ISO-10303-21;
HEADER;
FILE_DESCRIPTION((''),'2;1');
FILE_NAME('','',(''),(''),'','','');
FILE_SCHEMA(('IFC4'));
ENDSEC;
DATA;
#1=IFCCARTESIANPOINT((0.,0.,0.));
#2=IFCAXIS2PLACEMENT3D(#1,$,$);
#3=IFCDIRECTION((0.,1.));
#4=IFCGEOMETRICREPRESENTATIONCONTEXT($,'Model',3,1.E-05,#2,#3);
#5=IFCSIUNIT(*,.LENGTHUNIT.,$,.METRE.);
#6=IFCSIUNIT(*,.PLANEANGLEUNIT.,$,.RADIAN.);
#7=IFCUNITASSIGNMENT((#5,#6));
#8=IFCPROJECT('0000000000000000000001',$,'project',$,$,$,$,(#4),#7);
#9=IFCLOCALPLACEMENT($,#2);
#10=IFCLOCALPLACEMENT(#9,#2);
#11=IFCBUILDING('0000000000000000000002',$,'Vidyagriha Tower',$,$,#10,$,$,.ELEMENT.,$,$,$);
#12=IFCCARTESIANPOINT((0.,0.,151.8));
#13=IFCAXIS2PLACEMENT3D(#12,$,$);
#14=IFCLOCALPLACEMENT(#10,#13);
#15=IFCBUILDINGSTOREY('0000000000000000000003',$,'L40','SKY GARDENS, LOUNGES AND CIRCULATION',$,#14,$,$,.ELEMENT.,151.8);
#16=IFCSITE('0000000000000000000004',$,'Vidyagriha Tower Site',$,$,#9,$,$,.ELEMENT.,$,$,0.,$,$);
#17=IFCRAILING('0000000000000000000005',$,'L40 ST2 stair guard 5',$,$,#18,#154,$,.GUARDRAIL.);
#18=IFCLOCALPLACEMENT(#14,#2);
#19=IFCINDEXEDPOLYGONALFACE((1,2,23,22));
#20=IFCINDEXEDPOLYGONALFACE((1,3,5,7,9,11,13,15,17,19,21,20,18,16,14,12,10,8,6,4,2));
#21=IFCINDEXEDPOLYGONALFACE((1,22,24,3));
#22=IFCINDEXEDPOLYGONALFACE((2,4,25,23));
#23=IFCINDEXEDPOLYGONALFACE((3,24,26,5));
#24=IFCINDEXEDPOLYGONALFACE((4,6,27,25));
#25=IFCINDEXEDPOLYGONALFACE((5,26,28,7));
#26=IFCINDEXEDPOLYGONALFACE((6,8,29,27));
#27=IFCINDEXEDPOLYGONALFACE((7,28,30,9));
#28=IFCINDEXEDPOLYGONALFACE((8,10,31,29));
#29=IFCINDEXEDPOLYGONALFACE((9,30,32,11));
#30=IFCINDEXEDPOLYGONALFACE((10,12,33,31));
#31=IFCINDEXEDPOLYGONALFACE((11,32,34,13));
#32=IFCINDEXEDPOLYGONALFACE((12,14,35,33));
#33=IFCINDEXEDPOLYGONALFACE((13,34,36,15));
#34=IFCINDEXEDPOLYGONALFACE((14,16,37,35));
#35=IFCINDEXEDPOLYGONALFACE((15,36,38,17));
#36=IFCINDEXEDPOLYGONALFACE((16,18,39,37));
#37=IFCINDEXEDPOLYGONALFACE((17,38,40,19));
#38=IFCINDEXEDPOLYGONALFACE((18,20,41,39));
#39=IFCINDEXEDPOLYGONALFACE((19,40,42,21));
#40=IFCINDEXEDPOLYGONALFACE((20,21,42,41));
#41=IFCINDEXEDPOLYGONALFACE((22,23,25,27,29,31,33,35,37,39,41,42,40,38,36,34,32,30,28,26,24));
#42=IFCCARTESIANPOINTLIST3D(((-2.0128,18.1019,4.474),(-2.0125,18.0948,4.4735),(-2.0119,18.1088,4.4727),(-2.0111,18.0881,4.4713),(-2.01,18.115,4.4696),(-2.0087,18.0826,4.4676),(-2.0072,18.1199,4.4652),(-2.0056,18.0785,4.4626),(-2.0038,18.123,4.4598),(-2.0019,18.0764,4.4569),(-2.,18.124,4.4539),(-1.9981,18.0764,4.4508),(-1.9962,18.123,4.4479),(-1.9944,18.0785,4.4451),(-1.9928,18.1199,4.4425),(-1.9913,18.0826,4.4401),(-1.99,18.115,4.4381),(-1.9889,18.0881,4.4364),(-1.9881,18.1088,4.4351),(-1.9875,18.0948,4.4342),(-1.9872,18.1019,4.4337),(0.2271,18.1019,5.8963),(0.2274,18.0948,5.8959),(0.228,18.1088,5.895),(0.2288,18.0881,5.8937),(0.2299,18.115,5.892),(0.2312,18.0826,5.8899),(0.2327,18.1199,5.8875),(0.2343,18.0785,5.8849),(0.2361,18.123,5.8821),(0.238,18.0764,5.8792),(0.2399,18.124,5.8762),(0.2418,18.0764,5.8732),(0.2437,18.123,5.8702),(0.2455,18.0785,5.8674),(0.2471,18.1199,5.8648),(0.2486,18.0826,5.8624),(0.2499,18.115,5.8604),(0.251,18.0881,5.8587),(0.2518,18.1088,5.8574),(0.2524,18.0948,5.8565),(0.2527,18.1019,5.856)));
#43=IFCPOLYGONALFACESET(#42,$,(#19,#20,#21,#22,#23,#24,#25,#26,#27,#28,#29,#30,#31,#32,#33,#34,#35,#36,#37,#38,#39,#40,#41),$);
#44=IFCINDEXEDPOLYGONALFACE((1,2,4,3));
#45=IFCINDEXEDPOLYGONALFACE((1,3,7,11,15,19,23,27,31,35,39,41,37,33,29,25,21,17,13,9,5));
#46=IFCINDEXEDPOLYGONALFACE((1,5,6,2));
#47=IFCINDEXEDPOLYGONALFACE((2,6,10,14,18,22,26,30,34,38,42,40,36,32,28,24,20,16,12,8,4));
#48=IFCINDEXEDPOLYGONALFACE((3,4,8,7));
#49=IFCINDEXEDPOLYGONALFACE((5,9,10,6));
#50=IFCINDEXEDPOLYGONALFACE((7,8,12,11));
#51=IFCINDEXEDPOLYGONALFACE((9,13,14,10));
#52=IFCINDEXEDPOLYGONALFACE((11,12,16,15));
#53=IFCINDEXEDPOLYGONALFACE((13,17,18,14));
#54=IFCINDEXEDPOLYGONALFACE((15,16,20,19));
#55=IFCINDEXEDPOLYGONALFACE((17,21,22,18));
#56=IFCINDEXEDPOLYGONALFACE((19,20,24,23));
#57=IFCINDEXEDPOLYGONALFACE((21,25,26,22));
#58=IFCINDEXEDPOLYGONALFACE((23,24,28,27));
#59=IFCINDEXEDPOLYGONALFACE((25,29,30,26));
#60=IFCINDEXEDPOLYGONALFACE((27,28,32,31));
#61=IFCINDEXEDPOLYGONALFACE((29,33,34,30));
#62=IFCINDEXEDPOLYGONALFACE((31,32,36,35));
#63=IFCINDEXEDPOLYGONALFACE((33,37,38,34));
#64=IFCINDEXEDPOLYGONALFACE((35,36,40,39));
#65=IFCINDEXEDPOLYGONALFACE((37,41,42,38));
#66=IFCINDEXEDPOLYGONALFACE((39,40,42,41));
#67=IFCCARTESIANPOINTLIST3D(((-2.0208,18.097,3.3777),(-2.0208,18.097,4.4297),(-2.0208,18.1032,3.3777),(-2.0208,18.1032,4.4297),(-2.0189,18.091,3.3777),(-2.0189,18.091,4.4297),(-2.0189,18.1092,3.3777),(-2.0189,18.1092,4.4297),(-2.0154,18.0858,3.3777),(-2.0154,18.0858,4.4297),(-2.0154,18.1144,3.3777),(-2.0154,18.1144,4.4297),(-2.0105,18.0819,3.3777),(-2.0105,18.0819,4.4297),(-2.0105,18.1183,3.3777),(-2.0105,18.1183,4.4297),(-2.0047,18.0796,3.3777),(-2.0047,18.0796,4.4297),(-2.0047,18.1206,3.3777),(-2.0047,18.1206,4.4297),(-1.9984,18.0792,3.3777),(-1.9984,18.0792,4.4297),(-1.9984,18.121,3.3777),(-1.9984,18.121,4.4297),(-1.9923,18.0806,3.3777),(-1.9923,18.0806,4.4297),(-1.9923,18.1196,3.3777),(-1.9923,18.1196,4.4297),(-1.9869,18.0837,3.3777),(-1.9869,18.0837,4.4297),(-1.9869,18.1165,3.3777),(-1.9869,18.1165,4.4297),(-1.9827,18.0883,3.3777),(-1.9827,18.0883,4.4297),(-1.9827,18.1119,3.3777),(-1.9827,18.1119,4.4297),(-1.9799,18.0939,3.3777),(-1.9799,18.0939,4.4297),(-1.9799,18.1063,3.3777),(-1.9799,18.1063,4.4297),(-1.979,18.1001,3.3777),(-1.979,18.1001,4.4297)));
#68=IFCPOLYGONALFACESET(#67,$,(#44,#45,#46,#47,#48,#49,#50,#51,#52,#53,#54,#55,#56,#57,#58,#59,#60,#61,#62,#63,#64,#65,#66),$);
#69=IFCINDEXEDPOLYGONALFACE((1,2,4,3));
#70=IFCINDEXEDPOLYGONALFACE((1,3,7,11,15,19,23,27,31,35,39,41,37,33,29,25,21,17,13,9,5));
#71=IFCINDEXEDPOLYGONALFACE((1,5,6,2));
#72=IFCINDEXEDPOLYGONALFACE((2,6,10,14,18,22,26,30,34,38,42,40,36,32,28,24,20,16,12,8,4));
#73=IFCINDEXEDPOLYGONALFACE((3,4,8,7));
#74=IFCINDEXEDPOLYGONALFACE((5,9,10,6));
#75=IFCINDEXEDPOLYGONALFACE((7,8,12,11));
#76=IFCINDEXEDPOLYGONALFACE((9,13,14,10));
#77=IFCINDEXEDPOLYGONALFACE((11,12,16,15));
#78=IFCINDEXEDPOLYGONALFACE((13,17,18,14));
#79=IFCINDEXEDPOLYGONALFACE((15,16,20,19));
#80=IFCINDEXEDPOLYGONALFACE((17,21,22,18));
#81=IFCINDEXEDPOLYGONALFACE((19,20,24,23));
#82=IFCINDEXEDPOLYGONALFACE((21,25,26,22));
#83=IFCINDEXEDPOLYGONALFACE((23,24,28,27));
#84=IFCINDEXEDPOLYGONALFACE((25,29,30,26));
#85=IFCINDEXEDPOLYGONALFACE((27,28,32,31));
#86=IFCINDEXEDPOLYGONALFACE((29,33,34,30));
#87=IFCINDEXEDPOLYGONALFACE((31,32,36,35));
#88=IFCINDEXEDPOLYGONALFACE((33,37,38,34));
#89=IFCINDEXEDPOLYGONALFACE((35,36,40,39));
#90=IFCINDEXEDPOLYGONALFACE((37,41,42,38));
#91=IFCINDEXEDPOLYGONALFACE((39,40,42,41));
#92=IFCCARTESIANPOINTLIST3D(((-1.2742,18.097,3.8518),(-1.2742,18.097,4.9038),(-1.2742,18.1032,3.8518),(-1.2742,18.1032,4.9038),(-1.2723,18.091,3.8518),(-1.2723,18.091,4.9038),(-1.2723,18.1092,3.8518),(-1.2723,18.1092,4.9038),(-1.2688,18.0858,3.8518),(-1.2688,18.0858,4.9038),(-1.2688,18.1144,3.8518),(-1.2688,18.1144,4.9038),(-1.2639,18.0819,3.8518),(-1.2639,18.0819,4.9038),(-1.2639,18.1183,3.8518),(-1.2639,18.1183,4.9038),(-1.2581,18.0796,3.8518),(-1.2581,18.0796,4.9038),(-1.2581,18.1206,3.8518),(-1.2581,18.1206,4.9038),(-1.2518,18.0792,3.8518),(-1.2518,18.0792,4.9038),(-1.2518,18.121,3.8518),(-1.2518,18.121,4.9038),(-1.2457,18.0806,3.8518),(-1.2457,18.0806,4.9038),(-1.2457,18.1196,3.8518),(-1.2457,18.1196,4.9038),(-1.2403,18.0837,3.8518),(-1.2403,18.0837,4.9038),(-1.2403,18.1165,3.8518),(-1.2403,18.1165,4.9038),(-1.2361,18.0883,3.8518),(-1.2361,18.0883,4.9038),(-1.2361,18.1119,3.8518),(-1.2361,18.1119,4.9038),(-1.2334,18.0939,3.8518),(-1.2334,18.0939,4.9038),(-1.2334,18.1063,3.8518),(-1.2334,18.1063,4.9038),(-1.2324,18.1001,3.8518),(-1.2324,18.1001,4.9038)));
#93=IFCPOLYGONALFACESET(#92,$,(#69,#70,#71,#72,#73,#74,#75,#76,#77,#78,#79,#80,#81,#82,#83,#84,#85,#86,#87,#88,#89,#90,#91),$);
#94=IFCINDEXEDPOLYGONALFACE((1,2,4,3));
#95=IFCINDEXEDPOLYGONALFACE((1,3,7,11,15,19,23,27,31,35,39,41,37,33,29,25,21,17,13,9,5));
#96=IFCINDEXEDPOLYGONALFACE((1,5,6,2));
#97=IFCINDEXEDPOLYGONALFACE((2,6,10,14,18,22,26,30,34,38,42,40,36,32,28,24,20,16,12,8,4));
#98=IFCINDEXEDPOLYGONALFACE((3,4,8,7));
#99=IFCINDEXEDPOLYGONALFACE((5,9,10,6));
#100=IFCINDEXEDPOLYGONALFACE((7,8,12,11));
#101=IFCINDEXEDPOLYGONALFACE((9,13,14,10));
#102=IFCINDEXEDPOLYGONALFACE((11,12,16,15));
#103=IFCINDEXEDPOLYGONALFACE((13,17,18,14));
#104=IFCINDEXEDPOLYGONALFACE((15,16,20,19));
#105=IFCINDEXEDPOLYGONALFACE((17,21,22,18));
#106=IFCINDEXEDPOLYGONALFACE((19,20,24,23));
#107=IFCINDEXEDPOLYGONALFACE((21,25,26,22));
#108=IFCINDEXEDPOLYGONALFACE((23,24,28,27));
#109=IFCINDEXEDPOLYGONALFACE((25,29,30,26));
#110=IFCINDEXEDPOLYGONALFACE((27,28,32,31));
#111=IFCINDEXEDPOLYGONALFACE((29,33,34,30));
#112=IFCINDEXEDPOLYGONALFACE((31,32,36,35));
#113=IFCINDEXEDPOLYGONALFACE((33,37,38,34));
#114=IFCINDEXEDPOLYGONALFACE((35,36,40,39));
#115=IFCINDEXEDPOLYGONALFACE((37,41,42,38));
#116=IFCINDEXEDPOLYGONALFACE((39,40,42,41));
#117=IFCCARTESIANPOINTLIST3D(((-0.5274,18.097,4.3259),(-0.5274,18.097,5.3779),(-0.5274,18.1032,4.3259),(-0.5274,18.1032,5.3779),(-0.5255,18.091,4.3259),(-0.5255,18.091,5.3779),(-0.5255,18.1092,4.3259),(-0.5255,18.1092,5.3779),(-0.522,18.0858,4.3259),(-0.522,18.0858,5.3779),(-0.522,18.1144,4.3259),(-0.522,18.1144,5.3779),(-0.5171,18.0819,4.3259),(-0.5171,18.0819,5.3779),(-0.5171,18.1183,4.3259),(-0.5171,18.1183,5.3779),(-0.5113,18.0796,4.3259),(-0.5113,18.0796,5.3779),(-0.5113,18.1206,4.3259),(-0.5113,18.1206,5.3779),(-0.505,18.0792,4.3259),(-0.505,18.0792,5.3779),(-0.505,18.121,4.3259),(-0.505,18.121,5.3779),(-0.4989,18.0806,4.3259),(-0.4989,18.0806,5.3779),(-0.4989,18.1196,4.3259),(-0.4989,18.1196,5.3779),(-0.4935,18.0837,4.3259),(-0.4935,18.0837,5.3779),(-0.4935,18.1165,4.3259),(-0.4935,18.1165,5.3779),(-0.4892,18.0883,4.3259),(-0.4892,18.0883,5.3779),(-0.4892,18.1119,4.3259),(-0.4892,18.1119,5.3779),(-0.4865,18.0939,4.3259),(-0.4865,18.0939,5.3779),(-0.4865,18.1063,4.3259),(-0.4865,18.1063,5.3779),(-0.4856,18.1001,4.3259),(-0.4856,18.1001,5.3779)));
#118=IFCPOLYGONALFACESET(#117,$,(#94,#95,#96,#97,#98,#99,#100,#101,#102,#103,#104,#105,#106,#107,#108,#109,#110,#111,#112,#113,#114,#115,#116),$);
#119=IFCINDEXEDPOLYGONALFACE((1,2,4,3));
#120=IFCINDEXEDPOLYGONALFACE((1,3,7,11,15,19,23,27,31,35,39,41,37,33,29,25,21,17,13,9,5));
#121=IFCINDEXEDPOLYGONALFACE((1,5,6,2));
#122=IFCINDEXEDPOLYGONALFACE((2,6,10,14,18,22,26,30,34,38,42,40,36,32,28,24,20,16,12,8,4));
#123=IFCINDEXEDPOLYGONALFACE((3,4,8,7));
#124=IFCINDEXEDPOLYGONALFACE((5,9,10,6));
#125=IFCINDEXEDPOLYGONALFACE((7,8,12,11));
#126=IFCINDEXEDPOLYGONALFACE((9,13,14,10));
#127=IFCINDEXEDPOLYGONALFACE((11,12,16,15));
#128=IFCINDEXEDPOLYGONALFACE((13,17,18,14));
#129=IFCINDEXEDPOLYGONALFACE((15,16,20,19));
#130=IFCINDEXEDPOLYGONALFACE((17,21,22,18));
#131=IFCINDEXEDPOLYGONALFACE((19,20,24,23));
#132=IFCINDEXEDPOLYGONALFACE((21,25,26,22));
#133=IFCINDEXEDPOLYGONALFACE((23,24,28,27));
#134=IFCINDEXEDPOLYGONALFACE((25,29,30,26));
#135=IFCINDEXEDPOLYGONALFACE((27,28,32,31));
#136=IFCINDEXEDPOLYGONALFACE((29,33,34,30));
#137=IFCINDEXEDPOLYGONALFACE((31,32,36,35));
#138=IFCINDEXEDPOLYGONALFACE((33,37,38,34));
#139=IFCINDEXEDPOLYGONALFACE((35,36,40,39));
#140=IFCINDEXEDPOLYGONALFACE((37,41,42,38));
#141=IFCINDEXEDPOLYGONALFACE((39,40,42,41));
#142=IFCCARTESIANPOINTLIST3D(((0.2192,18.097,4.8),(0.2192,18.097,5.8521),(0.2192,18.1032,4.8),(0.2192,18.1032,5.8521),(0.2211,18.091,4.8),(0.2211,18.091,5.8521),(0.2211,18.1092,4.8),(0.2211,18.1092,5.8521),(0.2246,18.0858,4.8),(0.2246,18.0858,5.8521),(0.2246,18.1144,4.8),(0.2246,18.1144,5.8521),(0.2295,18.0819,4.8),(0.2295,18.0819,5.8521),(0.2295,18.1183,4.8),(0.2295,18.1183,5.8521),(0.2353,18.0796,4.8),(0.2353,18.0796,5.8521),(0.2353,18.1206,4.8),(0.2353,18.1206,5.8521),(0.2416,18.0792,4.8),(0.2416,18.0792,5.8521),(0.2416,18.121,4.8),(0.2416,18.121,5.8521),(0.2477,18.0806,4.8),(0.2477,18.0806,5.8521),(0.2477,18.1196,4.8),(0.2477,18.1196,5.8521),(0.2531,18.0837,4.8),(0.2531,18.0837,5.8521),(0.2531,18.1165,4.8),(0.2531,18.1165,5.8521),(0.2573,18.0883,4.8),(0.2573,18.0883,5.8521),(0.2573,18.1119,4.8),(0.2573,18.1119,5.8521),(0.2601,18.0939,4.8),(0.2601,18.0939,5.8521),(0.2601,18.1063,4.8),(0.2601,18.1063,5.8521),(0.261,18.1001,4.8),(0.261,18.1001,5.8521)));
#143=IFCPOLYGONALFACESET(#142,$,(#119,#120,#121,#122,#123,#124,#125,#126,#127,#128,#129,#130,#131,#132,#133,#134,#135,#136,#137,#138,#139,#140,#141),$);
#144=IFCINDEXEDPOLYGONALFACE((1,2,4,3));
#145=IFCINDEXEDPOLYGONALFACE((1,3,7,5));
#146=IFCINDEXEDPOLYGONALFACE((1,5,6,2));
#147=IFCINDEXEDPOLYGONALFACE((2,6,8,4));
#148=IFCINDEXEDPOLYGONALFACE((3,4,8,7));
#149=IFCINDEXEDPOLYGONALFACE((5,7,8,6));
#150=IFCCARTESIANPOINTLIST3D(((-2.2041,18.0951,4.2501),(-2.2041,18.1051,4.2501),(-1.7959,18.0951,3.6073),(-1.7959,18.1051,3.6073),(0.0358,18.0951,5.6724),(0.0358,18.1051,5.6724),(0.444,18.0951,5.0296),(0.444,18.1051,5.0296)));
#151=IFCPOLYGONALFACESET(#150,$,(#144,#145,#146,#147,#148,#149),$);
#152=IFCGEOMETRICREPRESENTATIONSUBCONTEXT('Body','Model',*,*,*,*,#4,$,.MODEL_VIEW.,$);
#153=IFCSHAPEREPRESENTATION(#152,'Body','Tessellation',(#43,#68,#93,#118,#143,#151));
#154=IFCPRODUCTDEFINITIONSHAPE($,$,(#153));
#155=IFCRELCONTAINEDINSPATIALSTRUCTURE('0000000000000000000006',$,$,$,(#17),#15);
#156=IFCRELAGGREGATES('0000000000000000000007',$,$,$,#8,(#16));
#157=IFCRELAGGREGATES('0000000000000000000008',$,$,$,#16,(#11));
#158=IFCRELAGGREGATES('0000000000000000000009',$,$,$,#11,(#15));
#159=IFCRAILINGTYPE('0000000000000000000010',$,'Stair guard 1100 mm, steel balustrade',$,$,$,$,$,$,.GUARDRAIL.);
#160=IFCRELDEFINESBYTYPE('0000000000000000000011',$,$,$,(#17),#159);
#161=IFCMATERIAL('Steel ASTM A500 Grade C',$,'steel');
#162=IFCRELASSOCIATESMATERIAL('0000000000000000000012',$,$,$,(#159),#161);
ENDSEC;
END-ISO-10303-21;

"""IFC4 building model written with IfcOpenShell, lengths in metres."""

from ifc_helpers import new_model, si_unit, direction, frame, origin, origin_2d, place, context, subcontext, project, spatial, rectangle, circle, extrude, material, type_object, element, save


model = new_model("IFC4")

# Units and contexts
model_context = context("Model", 3, precision=1e-05, world=origin(), true_north=direction((0.0, 1.0)))
body_context = subcontext(model_context, "Body", "Model", "MODEL_VIEW")
ifc_project = project(units=[si_unit("LENGTHUNIT", "METRE"), si_unit("PLANEANGLEUNIT", "RADIAN")], contexts=[model_context])

# Site, building, storey
site_placement = place(None, origin())
site = spatial("IfcSite", under=ifc_project, at=site_placement, Name="Vidyagriha Tower Site", CompositionType="ELEMENT", RefElevation=0.0)
building_placement = place(site_placement, origin())
building = spatial("IfcBuilding", under=site, at=building_placement, Name="Vidyagriha Tower", CompositionType="ELEMENT")
storey_placement = place(building_placement, frame((0.0, 0.0, 151.8)))
storey = spatial("IfcBuildingStorey", under=building, at=storey_placement, Name="L40", Description="SKY GARDENS, LOUNGES AND CIRCULATION", CompositionType="ELEMENT", Elevation=151.8)

# Railing
ifc_material_1 = material(Name="Steel ASTM A500 Grade C", Category="steel")
railing_type_1 = type_object("IfcRailingType", Name="Stair guard 1100 mm, steel balustrade", PredefinedType="GUARDRAIL", material=ifc_material_1)
railing_1_placement = place(storey_placement, frame((-2.0, 18.1001, 3.3777)))
element("IfcRailing", 1, at=railing_1_placement, inside=storey, type_object=railing_type_1, Name="L40 ST2 stair guard 5", PredefinedType="GUARDRAIL", context=body_context, shape_type="SweptSolid", body=[
    extrude(circle(Radius=0.0239, at=origin_2d()), frame((0.0, 0.0, 1.0762), z_axis=(0.844188, 0.0, 0.536048), x_axis=(0.0, 1.0, 0.0)), (0.0, 0.0, 1.0), 2.6533),
    extrude(circle(Radius=0.021, at=origin_2d()), origin(), (0.0, 0.0, 1.0), 1.052),
    extrude(circle(Radius=0.021, at=origin_2d()), frame((0.7466, 0.0, 0.4741)), (0.0, 0.0, 1.0), 1.052),
    extrude(circle(Radius=0.021, at=origin_2d()), frame((1.4934, 0.0, 0.9482)), (0.0, 0.0, 1.0), 1.052),
    extrude(circle(Radius=0.021, at=origin_2d()), frame((2.24, 0.0, 1.4224)), (0.0, 0.0, 1.0), 1.052),
    extrude(rectangle(XDim=0.01, YDim=0.7615, at=origin_2d()), frame((0.0, 0.0, 0.551), z_axis=(0.844188, 0.0, 0.536048), x_axis=(0.0, 1.0, 0.0)), (0.0, 0.0, 1.0), 2.6533),
])

save(model, "model.ifc")
